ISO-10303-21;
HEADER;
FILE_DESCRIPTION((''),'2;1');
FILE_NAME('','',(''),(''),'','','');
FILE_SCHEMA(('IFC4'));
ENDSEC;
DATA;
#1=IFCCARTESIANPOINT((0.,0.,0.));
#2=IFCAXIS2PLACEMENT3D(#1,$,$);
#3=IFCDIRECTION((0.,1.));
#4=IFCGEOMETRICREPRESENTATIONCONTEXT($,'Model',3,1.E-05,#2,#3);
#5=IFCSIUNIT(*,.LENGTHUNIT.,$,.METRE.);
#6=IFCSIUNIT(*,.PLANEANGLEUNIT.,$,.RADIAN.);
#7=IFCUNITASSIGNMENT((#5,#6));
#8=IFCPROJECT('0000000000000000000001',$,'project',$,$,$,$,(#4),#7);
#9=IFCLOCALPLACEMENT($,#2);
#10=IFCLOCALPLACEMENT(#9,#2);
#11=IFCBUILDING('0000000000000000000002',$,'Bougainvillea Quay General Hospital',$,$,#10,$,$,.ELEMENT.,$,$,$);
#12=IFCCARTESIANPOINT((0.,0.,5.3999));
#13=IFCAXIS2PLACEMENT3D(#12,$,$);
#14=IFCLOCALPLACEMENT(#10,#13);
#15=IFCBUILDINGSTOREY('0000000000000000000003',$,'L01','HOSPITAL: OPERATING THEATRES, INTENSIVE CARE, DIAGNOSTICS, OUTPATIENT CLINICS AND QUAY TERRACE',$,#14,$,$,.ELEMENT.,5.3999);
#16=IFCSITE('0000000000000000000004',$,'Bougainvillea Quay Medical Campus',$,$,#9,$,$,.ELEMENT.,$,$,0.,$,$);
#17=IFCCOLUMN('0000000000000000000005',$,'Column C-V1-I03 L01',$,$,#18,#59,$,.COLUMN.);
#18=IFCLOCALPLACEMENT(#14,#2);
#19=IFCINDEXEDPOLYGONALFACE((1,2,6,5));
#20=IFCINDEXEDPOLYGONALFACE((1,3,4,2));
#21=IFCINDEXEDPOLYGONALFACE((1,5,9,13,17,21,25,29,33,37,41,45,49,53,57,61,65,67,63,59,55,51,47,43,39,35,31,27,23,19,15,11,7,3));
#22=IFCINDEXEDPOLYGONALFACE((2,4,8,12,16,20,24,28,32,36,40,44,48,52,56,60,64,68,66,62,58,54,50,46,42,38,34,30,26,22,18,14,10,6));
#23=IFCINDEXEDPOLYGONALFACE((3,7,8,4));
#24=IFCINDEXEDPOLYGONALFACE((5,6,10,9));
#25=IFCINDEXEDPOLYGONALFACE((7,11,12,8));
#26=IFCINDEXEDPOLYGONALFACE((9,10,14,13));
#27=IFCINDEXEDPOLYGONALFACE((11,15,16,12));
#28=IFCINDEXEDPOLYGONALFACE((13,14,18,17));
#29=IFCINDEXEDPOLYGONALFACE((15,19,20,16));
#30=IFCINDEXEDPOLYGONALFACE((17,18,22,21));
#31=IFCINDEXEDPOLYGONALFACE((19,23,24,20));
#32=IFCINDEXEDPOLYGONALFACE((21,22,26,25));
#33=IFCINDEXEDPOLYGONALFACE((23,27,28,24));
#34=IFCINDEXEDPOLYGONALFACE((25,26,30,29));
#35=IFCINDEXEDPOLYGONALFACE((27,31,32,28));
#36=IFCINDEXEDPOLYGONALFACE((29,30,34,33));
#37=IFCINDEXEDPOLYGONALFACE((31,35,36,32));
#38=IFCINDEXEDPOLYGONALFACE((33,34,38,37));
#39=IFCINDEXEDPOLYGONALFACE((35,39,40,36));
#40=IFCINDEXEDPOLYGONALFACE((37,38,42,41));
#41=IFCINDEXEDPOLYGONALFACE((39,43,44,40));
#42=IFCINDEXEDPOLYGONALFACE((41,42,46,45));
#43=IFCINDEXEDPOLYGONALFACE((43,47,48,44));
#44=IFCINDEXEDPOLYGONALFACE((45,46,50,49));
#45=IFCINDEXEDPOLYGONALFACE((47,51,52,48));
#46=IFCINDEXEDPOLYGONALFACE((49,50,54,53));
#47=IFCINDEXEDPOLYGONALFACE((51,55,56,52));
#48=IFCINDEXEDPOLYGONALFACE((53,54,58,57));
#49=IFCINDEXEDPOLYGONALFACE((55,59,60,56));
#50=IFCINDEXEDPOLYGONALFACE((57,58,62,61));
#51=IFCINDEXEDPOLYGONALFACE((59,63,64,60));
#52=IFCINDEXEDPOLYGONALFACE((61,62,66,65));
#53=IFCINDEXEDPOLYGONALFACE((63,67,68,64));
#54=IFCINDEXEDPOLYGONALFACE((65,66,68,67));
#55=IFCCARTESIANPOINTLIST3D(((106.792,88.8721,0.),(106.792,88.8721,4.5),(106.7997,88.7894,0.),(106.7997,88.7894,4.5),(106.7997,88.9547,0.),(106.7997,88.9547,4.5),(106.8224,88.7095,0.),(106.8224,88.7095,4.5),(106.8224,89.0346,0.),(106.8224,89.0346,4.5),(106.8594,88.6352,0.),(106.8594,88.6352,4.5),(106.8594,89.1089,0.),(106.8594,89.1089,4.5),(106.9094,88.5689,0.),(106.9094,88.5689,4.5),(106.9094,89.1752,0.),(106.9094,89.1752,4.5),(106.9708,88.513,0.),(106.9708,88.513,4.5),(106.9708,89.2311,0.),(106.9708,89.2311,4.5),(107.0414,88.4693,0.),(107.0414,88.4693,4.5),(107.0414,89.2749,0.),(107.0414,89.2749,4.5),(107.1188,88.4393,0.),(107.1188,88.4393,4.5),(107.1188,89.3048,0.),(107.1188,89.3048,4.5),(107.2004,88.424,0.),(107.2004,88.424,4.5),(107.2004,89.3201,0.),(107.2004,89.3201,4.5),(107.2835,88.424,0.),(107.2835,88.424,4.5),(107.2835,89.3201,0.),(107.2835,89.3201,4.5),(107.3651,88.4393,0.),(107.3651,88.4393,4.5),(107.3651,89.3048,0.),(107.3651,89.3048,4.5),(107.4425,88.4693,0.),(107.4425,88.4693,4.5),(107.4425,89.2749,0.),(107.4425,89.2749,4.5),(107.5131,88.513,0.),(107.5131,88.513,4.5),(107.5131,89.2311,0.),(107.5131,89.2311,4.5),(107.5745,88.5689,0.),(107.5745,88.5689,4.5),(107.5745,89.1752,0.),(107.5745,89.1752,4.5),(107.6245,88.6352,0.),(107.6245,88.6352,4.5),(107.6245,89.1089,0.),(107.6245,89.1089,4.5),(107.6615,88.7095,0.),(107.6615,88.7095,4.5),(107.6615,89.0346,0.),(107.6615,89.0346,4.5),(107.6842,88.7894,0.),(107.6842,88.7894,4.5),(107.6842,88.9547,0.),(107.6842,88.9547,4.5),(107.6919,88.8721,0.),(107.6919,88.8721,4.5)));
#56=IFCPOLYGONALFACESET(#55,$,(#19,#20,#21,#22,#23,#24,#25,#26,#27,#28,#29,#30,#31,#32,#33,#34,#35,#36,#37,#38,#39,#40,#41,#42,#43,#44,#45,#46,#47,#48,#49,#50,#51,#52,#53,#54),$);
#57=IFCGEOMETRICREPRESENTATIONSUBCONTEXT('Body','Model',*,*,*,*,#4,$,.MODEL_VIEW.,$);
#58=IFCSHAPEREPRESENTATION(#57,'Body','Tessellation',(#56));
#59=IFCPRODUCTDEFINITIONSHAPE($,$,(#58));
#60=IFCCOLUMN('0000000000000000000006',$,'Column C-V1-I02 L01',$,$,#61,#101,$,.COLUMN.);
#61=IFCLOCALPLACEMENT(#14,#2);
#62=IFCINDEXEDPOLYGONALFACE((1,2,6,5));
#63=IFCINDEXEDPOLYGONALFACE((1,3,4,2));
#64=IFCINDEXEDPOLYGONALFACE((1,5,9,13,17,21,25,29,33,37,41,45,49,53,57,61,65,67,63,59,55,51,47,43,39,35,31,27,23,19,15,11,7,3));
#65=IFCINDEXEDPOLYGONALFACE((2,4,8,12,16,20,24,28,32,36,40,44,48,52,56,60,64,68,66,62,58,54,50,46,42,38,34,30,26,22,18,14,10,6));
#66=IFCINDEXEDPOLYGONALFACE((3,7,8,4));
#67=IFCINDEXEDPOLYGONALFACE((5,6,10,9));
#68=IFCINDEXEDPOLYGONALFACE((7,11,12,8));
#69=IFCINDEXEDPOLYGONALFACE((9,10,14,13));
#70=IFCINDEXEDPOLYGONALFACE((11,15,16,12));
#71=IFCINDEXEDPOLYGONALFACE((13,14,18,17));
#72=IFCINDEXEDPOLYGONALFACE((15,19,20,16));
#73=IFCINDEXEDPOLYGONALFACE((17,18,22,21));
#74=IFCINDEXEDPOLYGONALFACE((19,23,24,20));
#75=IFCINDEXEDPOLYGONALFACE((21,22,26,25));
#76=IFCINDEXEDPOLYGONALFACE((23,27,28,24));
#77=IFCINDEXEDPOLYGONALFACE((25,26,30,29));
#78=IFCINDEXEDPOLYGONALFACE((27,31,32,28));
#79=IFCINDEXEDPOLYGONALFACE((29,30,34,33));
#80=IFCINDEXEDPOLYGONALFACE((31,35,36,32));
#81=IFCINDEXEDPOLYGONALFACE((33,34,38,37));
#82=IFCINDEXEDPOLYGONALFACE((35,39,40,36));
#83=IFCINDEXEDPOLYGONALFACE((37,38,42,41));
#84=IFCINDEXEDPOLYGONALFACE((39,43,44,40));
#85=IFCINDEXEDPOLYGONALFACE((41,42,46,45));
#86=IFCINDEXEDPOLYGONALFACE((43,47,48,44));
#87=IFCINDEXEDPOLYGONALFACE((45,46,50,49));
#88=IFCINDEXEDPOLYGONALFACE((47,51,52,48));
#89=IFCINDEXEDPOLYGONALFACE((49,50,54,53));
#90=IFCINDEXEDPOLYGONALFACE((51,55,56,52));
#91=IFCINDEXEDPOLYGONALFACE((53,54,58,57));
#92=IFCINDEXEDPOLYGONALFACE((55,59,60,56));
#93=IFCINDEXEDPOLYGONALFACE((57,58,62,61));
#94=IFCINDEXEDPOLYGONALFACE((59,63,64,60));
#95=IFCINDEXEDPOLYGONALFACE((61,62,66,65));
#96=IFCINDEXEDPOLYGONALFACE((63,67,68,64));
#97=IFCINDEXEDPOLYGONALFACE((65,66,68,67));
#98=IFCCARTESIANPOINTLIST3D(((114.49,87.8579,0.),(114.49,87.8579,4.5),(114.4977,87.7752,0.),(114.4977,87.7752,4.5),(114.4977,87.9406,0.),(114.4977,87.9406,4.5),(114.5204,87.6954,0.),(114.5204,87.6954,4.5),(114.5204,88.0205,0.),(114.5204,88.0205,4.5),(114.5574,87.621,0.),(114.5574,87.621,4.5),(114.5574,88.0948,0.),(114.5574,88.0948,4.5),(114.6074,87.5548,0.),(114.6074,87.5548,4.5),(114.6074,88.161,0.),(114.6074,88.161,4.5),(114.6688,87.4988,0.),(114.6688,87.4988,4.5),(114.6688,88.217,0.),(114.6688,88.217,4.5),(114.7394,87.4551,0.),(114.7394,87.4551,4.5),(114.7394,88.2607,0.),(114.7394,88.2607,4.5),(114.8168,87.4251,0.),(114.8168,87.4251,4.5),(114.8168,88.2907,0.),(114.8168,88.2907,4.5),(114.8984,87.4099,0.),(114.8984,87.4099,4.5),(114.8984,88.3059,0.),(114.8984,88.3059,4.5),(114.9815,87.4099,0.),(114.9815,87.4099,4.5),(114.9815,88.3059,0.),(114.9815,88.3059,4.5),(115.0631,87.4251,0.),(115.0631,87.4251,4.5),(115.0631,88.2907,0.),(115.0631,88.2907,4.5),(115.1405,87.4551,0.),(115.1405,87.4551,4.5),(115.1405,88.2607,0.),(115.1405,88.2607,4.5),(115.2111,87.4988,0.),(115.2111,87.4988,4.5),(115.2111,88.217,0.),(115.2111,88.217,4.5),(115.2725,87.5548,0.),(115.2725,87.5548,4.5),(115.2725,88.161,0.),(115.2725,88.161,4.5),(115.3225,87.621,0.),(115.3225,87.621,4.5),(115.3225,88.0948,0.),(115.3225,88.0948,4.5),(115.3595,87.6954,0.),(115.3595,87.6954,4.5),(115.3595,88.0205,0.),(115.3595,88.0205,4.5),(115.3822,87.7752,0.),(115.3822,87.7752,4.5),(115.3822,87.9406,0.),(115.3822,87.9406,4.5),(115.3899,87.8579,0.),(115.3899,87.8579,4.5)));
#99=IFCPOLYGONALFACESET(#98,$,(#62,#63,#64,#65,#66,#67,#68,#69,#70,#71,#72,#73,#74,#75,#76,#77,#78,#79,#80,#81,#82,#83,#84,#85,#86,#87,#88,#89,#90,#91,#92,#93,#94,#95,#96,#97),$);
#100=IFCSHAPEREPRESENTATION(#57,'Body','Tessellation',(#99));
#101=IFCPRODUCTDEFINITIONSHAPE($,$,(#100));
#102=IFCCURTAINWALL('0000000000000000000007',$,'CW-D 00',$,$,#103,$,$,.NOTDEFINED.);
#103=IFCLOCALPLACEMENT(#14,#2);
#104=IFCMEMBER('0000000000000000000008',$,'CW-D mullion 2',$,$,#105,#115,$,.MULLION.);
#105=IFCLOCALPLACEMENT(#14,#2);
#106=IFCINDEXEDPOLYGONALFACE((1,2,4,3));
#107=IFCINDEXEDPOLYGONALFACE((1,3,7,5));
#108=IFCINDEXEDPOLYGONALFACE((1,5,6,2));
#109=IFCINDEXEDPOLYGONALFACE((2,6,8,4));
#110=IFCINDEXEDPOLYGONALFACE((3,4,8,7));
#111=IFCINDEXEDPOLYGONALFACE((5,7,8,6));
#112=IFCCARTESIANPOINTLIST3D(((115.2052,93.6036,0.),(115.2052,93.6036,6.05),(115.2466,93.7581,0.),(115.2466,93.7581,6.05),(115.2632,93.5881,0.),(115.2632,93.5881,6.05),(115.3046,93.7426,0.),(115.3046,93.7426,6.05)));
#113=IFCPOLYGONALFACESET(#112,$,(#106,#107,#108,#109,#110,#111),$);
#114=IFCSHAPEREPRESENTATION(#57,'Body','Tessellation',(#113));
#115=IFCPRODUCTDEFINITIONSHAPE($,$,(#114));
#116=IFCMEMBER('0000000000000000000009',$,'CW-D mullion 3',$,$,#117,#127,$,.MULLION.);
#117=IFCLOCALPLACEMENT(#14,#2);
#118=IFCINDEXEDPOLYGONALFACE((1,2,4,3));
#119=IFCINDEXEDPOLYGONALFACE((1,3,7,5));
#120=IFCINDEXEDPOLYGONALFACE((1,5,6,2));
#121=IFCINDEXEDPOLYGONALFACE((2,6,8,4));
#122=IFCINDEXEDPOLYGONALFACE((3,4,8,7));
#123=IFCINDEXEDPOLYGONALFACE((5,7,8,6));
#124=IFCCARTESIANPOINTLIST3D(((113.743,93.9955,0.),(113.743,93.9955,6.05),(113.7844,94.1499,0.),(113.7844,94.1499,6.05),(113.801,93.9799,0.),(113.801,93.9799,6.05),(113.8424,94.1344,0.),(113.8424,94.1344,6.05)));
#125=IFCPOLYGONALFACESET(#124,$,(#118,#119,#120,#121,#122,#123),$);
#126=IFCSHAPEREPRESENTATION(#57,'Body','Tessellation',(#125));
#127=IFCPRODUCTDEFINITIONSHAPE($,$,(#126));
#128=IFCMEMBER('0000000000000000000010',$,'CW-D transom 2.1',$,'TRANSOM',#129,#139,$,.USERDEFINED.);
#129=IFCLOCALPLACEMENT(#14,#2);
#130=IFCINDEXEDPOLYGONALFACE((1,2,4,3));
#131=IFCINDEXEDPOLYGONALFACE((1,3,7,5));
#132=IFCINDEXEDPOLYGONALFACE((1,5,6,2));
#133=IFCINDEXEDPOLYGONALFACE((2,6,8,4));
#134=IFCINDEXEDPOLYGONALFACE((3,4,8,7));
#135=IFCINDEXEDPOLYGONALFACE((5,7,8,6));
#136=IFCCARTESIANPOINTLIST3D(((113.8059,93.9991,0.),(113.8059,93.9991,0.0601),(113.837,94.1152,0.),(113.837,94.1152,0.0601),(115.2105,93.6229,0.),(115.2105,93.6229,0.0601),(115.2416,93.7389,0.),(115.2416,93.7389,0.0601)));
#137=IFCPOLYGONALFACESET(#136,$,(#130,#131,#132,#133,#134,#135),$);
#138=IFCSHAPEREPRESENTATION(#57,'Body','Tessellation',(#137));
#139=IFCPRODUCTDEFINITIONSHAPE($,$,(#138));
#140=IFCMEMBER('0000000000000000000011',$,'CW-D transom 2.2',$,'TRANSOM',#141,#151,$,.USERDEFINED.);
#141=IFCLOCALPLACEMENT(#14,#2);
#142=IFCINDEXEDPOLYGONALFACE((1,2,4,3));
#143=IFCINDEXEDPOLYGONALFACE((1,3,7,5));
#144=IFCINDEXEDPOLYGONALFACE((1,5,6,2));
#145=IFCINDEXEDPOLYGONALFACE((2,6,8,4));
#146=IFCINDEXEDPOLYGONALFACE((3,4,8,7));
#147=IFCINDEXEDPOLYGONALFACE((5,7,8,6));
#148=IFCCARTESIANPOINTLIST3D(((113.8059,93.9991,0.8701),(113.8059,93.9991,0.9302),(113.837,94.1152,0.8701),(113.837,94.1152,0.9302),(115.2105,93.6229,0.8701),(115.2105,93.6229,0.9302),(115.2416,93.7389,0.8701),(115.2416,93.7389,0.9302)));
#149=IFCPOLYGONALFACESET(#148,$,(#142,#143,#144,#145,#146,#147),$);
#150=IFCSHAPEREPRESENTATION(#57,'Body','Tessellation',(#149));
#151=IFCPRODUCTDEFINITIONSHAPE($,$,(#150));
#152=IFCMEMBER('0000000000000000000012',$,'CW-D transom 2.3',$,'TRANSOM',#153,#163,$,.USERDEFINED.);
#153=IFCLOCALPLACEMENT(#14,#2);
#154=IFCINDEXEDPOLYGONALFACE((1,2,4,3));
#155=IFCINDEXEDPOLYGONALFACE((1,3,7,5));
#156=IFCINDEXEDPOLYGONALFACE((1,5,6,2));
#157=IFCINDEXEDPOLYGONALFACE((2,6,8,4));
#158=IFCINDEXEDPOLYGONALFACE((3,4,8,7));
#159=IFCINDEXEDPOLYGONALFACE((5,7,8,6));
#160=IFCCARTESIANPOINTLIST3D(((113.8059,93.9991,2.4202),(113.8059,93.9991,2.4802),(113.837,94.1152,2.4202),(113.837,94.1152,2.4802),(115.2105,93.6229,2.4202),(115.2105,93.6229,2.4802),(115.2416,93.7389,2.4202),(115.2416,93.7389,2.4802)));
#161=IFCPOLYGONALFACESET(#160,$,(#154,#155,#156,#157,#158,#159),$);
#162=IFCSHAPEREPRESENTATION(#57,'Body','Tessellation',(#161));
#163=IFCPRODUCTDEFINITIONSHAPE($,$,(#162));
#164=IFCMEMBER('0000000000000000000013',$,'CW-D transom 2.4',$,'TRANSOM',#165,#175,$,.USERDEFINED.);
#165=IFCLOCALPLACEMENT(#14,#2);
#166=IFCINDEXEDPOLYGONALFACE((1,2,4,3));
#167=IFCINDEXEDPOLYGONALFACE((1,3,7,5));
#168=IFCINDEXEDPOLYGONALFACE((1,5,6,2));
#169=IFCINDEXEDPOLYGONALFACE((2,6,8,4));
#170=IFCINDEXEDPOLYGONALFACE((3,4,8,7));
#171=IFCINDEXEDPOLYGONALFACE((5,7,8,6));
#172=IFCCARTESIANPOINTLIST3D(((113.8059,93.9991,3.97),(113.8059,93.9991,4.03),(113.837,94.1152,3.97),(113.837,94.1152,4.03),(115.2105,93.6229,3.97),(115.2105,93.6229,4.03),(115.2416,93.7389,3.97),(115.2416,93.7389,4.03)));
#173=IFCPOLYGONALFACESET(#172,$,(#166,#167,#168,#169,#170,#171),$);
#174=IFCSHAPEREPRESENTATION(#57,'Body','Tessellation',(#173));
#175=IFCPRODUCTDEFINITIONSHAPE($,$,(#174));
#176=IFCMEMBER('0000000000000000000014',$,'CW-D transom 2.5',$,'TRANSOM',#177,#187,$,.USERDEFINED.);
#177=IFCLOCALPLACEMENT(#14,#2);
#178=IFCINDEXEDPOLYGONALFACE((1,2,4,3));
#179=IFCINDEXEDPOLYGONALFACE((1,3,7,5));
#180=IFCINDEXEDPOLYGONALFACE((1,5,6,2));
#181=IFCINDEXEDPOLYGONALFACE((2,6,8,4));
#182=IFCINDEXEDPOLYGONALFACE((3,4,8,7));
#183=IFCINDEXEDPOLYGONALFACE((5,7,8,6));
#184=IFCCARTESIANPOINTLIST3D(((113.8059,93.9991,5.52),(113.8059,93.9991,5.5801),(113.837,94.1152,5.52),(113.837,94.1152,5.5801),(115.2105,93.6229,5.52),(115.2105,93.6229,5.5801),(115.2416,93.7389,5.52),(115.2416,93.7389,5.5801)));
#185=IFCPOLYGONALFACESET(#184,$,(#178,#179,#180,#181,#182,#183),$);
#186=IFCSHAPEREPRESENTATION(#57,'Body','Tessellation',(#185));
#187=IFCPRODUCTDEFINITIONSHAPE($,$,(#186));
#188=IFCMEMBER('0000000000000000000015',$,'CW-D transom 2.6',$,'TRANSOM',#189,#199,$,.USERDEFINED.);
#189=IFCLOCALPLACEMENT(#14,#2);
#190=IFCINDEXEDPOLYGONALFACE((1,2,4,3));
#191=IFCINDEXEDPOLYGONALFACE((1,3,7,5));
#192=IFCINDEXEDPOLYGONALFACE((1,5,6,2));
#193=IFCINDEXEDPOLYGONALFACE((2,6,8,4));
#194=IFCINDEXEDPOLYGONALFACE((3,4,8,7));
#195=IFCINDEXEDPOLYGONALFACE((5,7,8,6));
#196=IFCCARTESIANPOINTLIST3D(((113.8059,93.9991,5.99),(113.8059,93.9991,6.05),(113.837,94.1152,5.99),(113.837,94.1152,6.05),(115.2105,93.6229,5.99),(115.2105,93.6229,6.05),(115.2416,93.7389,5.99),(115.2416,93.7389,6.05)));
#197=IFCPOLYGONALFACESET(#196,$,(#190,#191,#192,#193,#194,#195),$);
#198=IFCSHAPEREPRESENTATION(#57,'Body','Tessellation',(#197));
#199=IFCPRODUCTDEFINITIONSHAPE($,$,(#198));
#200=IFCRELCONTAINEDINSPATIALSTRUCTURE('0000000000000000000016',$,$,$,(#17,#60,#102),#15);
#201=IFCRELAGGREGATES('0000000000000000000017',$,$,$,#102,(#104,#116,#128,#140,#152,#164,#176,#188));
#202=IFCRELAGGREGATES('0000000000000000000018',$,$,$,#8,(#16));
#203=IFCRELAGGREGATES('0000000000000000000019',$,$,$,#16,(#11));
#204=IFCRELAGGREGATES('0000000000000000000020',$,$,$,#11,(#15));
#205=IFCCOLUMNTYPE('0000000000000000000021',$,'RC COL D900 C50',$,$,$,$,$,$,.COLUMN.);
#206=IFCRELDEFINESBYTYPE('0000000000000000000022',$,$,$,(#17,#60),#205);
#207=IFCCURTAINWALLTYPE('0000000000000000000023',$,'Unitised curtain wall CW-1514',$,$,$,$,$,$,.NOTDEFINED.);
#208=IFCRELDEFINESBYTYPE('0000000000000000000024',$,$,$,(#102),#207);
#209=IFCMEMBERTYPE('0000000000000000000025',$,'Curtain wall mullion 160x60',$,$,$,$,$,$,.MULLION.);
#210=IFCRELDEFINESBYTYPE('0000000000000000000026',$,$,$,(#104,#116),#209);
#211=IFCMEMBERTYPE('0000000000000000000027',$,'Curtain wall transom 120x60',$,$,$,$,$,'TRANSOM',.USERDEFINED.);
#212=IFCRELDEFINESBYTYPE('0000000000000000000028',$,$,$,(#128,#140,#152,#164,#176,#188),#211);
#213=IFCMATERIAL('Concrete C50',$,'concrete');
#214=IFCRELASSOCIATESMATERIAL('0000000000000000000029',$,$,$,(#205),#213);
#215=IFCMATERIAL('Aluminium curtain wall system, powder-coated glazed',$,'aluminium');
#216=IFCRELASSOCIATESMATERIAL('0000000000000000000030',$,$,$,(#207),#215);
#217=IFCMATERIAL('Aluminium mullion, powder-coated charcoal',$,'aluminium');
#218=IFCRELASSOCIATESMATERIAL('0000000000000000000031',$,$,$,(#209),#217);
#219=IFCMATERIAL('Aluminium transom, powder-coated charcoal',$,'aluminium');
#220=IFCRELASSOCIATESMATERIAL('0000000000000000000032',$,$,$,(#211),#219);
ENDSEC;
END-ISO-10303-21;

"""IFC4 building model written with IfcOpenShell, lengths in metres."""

from ifc_helpers import new_model, si_unit, direction, frame, origin, origin_2d, place, context, subcontext, project, spatial, rectangle, circle, extrude, material, material_profile, profile_set, type_object, element, aggregate, save


model = new_model("IFC4")

# Units and contexts
model_context = context("Model", 3, precision=1e-05, world=origin(), true_north=direction((0.0, 1.0)))
body_context = subcontext(model_context, "Body", "Model", "MODEL_VIEW")
ifc_project = project(units=[si_unit("LENGTHUNIT", "METRE"), si_unit("PLANEANGLEUNIT", "RADIAN")], contexts=[model_context])

# Site, building, storey
site_placement = place(None, origin())
site = spatial("IfcSite", under=ifc_project, at=site_placement, Name="Bougainvillea Quay Medical Campus", CompositionType="ELEMENT", RefElevation=0.0)
building_placement = place(site_placement, origin())
building = spatial("IfcBuilding", under=site, at=building_placement, Name="Bougainvillea Quay General Hospital", CompositionType="ELEMENT")
storey_placement = place(building_placement, frame((0.0, 0.0, 5.3999)))
storey = spatial("IfcBuildingStorey", under=building, at=storey_placement, Name="L01", Description="HOSPITAL: OPERATING THEATRES, INTENSIVE CARE, DIAGNOSTICS, OUTPATIENT CLINICS AND QUAY TERRACE", CompositionType="ELEMENT", Elevation=5.3999)

# Columns
ifc_material_1 = material(Name="Concrete C50", Category="concrete")
ifc_material_profile_1 = material_profile(ifc_material_1, circle(Radius=0.45, at=origin_2d()))
ifc_profile_set_1 = profile_set([ifc_material_profile_1], Name="Concrete C50")
column_type = type_object("IfcColumnType", Name="RC COL D900 C50", PredefinedType="COLUMN", material=ifc_profile_set_1)
for number, where, z_axis, x_axis, name in (
    (1, (107.2419, 88.8721, 0.0), (0.0, 0.0, 1.0), (1.0, 0.0, 0.0), "Column C-V1-I03 L01"),
    (2, (114.9399, 87.8579, 0.0), (0.0, 0.0, 1.0), (1.0, 0.0, 0.0), "Column C-V1-I02 L01"),
):
    element("IfcColumn", number, at=place(storey_placement, frame(where, z_axis=z_axis, x_axis=x_axis)), inside=storey, type_object=column_type, Name=name, PredefinedType="COLUMN", context=body_context, shape_type="SweptSolid", body=[
        extrude(circle(Radius=0.45, at=origin_2d()), origin(), (0.0, 0.0, 1.0), 4.5),
    ])

# Curtain wall, members
ifc_material_2 = material(Name="Aluminium curtain wall system, powder-coated glazed", Category="aluminium")
curtain_wall_type = type_object("IfcCurtainWallType", Name="Unitised curtain wall CW-1514", PredefinedType="NOTDEFINED", material=ifc_material_2)
curtain_wall_placement = place(storey_placement, origin())
curtain_wall = element("IfcCurtainWall", 3, at=curtain_wall_placement, inside=storey, type_object=curtain_wall_type, Name="CW-D 00", PredefinedType="NOTDEFINED")
ifc_material_3 = material(Name="Aluminium mullion, powder-coated charcoal", Category="aluminium")
ifc_material_profile_2 = material_profile(ifc_material_3, rectangle(XDim=0.1599, YDim=0.0601, at=origin_2d()))
ifc_profile_set_2 = profile_set([ifc_material_profile_2], Name="Aluminium mullion, powder-coated charcoal")
member_type_1 = type_object("IfcMemberType", Name="Curtain wall mullion 160x60", PredefinedType="MULLION", material=ifc_profile_set_2)
member_1_placement = place(storey_placement, frame((115.2549, 93.6731, 0.0), z_axis=(0.0, 0.0, 1.0), x_axis=(-0.258855, -0.965916, 0.0)))
member_1 = element("IfcMember", 4, at=member_1_placement, type_object=member_type_1, Name="CW-D mullion 2", PredefinedType="MULLION", context=body_context, shape_type="SweptSolid", body=[
    extrude(rectangle(XDim=0.1599, YDim=0.0601, at=origin_2d()), origin(), (0.0, 0.0, 1.0), 6.05),
])
member_2_placement = place(storey_placement, frame((113.7927, 94.0649, 0.0), z_axis=(0.0, 0.0, 1.0), x_axis=(-0.258855, -0.965916, 0.0)))
member_2 = element("IfcMember", 5, at=member_2_placement, type_object=member_type_1, Name="CW-D mullion 3", PredefinedType="MULLION", context=body_context, shape_type="SweptSolid", body=[
    extrude(rectangle(XDim=0.1599, YDim=0.0601, at=origin_2d()), origin(), (0.0, 0.0, 1.0), 6.05),
])
ifc_material_4 = material(Name="Aluminium transom, powder-coated charcoal", Category="aluminium")
ifc_material_profile_3 = material_profile(ifc_material_4, rectangle(XDim=0.1201, YDim=0.0601, at=origin_2d()))
ifc_profile_set_3 = profile_set([ifc_material_profile_3], Name="Aluminium transom, powder-coated charcoal")
member_type_2 = type_object("IfcMemberType", Name="Curtain wall transom 120x60", ElementType="TRANSOM", PredefinedType="USERDEFINED", material=ifc_profile_set_3)
member_3_placement = place(storey_placement, frame((115.2261, 93.6809, 0.03), z_axis=(-0.965947, 0.258739, 0.0), x_axis=(-0.258739, -0.965947, 0.0)))
member_3 = element("IfcMember", 6, at=member_3_placement, type_object=member_type_2, Name="CW-D transom 2.1", ObjectType="TRANSOM", PredefinedType="USERDEFINED", context=body_context, shape_type="SweptSolid", body=[
    extrude(rectangle(XDim=0.1201, YDim=0.0601, at=origin_2d()), origin(), (0.0, 0.0, 1.0), 1.4541),
])
member_4_placement = place(storey_placement, frame((115.2261, 93.6809, 0.9001), z_axis=(-0.965947, 0.258739, 0.0), x_axis=(-0.258739, -0.965947, 0.0)))
member_4 = element("IfcMember", 7, at=member_4_placement, type_object=member_type_2, Name="CW-D transom 2.2", ObjectType="TRANSOM", PredefinedType="USERDEFINED", context=body_context, shape_type="SweptSolid", body=[
    extrude(rectangle(XDim=0.1201, YDim=0.0601, at=origin_2d()), origin(), (0.0, 0.0, 1.0), 1.4541),
])
member_5_placement = place(storey_placement, frame((115.2261, 93.6809, 2.4502), z_axis=(-0.965947, 0.258739, 0.0), x_axis=(-0.258739, -0.965947, 0.0)))
member_5 = element("IfcMember", 8, at=member_5_placement, type_object=member_type_2, Name="CW-D transom 2.3", ObjectType="TRANSOM", PredefinedType="USERDEFINED", context=body_context, shape_type="SweptSolid", body=[
    extrude(rectangle(XDim=0.1201, YDim=0.0601, at=origin_2d()), origin(), (0.0, 0.0, 1.0), 1.4541),
])
member_6_placement = place(storey_placement, frame((115.2261, 93.6809, 4.0), z_axis=(-0.965947, 0.258739, 0.0), x_axis=(-0.258739, -0.965947, 0.0)))
member_6 = element("IfcMember", 9, at=member_6_placement, type_object=member_type_2, Name="CW-D transom 2.4", ObjectType="TRANSOM", PredefinedType="USERDEFINED", context=body_context, shape_type="SweptSolid", body=[
    extrude(rectangle(XDim=0.1201, YDim=0.0601, at=origin_2d()), origin(), (0.0, 0.0, 1.0), 1.4541),
])
member_7_placement = place(storey_placement, frame((115.2261, 93.6809, 5.55), z_axis=(-0.965947, 0.258739, 0.0), x_axis=(-0.258739, -0.965947, 0.0)))
member_7 = element("IfcMember", 10, at=member_7_placement, type_object=member_type_2, Name="CW-D transom 2.5", ObjectType="TRANSOM", PredefinedType="USERDEFINED", context=body_context, shape_type="SweptSolid", body=[
    extrude(rectangle(XDim=0.1201, YDim=0.0601, at=origin_2d()), origin(), (0.0, 0.0, 1.0), 1.4541),
])
member_8_placement = place(storey_placement, frame((115.2261, 93.6809, 6.02), z_axis=(-0.965947, 0.258739, 0.0), x_axis=(-0.258739, -0.965947, 0.0)))
member_8 = element("IfcMember", 11, at=member_8_placement, type_object=member_type_2, Name="CW-D transom 2.6", ObjectType="TRANSOM", PredefinedType="USERDEFINED", context=body_context, shape_type="SweptSolid", body=[
    extrude(rectangle(XDim=0.1201, YDim=0.0601, at=origin_2d()), origin(), (0.0, 0.0, 1.0), 1.4541),
])
aggregate(curtain_wall, [member_1, member_2, member_3, member_4, member_5, member_6, member_7, member_8])

save(model, "model.ifc")
